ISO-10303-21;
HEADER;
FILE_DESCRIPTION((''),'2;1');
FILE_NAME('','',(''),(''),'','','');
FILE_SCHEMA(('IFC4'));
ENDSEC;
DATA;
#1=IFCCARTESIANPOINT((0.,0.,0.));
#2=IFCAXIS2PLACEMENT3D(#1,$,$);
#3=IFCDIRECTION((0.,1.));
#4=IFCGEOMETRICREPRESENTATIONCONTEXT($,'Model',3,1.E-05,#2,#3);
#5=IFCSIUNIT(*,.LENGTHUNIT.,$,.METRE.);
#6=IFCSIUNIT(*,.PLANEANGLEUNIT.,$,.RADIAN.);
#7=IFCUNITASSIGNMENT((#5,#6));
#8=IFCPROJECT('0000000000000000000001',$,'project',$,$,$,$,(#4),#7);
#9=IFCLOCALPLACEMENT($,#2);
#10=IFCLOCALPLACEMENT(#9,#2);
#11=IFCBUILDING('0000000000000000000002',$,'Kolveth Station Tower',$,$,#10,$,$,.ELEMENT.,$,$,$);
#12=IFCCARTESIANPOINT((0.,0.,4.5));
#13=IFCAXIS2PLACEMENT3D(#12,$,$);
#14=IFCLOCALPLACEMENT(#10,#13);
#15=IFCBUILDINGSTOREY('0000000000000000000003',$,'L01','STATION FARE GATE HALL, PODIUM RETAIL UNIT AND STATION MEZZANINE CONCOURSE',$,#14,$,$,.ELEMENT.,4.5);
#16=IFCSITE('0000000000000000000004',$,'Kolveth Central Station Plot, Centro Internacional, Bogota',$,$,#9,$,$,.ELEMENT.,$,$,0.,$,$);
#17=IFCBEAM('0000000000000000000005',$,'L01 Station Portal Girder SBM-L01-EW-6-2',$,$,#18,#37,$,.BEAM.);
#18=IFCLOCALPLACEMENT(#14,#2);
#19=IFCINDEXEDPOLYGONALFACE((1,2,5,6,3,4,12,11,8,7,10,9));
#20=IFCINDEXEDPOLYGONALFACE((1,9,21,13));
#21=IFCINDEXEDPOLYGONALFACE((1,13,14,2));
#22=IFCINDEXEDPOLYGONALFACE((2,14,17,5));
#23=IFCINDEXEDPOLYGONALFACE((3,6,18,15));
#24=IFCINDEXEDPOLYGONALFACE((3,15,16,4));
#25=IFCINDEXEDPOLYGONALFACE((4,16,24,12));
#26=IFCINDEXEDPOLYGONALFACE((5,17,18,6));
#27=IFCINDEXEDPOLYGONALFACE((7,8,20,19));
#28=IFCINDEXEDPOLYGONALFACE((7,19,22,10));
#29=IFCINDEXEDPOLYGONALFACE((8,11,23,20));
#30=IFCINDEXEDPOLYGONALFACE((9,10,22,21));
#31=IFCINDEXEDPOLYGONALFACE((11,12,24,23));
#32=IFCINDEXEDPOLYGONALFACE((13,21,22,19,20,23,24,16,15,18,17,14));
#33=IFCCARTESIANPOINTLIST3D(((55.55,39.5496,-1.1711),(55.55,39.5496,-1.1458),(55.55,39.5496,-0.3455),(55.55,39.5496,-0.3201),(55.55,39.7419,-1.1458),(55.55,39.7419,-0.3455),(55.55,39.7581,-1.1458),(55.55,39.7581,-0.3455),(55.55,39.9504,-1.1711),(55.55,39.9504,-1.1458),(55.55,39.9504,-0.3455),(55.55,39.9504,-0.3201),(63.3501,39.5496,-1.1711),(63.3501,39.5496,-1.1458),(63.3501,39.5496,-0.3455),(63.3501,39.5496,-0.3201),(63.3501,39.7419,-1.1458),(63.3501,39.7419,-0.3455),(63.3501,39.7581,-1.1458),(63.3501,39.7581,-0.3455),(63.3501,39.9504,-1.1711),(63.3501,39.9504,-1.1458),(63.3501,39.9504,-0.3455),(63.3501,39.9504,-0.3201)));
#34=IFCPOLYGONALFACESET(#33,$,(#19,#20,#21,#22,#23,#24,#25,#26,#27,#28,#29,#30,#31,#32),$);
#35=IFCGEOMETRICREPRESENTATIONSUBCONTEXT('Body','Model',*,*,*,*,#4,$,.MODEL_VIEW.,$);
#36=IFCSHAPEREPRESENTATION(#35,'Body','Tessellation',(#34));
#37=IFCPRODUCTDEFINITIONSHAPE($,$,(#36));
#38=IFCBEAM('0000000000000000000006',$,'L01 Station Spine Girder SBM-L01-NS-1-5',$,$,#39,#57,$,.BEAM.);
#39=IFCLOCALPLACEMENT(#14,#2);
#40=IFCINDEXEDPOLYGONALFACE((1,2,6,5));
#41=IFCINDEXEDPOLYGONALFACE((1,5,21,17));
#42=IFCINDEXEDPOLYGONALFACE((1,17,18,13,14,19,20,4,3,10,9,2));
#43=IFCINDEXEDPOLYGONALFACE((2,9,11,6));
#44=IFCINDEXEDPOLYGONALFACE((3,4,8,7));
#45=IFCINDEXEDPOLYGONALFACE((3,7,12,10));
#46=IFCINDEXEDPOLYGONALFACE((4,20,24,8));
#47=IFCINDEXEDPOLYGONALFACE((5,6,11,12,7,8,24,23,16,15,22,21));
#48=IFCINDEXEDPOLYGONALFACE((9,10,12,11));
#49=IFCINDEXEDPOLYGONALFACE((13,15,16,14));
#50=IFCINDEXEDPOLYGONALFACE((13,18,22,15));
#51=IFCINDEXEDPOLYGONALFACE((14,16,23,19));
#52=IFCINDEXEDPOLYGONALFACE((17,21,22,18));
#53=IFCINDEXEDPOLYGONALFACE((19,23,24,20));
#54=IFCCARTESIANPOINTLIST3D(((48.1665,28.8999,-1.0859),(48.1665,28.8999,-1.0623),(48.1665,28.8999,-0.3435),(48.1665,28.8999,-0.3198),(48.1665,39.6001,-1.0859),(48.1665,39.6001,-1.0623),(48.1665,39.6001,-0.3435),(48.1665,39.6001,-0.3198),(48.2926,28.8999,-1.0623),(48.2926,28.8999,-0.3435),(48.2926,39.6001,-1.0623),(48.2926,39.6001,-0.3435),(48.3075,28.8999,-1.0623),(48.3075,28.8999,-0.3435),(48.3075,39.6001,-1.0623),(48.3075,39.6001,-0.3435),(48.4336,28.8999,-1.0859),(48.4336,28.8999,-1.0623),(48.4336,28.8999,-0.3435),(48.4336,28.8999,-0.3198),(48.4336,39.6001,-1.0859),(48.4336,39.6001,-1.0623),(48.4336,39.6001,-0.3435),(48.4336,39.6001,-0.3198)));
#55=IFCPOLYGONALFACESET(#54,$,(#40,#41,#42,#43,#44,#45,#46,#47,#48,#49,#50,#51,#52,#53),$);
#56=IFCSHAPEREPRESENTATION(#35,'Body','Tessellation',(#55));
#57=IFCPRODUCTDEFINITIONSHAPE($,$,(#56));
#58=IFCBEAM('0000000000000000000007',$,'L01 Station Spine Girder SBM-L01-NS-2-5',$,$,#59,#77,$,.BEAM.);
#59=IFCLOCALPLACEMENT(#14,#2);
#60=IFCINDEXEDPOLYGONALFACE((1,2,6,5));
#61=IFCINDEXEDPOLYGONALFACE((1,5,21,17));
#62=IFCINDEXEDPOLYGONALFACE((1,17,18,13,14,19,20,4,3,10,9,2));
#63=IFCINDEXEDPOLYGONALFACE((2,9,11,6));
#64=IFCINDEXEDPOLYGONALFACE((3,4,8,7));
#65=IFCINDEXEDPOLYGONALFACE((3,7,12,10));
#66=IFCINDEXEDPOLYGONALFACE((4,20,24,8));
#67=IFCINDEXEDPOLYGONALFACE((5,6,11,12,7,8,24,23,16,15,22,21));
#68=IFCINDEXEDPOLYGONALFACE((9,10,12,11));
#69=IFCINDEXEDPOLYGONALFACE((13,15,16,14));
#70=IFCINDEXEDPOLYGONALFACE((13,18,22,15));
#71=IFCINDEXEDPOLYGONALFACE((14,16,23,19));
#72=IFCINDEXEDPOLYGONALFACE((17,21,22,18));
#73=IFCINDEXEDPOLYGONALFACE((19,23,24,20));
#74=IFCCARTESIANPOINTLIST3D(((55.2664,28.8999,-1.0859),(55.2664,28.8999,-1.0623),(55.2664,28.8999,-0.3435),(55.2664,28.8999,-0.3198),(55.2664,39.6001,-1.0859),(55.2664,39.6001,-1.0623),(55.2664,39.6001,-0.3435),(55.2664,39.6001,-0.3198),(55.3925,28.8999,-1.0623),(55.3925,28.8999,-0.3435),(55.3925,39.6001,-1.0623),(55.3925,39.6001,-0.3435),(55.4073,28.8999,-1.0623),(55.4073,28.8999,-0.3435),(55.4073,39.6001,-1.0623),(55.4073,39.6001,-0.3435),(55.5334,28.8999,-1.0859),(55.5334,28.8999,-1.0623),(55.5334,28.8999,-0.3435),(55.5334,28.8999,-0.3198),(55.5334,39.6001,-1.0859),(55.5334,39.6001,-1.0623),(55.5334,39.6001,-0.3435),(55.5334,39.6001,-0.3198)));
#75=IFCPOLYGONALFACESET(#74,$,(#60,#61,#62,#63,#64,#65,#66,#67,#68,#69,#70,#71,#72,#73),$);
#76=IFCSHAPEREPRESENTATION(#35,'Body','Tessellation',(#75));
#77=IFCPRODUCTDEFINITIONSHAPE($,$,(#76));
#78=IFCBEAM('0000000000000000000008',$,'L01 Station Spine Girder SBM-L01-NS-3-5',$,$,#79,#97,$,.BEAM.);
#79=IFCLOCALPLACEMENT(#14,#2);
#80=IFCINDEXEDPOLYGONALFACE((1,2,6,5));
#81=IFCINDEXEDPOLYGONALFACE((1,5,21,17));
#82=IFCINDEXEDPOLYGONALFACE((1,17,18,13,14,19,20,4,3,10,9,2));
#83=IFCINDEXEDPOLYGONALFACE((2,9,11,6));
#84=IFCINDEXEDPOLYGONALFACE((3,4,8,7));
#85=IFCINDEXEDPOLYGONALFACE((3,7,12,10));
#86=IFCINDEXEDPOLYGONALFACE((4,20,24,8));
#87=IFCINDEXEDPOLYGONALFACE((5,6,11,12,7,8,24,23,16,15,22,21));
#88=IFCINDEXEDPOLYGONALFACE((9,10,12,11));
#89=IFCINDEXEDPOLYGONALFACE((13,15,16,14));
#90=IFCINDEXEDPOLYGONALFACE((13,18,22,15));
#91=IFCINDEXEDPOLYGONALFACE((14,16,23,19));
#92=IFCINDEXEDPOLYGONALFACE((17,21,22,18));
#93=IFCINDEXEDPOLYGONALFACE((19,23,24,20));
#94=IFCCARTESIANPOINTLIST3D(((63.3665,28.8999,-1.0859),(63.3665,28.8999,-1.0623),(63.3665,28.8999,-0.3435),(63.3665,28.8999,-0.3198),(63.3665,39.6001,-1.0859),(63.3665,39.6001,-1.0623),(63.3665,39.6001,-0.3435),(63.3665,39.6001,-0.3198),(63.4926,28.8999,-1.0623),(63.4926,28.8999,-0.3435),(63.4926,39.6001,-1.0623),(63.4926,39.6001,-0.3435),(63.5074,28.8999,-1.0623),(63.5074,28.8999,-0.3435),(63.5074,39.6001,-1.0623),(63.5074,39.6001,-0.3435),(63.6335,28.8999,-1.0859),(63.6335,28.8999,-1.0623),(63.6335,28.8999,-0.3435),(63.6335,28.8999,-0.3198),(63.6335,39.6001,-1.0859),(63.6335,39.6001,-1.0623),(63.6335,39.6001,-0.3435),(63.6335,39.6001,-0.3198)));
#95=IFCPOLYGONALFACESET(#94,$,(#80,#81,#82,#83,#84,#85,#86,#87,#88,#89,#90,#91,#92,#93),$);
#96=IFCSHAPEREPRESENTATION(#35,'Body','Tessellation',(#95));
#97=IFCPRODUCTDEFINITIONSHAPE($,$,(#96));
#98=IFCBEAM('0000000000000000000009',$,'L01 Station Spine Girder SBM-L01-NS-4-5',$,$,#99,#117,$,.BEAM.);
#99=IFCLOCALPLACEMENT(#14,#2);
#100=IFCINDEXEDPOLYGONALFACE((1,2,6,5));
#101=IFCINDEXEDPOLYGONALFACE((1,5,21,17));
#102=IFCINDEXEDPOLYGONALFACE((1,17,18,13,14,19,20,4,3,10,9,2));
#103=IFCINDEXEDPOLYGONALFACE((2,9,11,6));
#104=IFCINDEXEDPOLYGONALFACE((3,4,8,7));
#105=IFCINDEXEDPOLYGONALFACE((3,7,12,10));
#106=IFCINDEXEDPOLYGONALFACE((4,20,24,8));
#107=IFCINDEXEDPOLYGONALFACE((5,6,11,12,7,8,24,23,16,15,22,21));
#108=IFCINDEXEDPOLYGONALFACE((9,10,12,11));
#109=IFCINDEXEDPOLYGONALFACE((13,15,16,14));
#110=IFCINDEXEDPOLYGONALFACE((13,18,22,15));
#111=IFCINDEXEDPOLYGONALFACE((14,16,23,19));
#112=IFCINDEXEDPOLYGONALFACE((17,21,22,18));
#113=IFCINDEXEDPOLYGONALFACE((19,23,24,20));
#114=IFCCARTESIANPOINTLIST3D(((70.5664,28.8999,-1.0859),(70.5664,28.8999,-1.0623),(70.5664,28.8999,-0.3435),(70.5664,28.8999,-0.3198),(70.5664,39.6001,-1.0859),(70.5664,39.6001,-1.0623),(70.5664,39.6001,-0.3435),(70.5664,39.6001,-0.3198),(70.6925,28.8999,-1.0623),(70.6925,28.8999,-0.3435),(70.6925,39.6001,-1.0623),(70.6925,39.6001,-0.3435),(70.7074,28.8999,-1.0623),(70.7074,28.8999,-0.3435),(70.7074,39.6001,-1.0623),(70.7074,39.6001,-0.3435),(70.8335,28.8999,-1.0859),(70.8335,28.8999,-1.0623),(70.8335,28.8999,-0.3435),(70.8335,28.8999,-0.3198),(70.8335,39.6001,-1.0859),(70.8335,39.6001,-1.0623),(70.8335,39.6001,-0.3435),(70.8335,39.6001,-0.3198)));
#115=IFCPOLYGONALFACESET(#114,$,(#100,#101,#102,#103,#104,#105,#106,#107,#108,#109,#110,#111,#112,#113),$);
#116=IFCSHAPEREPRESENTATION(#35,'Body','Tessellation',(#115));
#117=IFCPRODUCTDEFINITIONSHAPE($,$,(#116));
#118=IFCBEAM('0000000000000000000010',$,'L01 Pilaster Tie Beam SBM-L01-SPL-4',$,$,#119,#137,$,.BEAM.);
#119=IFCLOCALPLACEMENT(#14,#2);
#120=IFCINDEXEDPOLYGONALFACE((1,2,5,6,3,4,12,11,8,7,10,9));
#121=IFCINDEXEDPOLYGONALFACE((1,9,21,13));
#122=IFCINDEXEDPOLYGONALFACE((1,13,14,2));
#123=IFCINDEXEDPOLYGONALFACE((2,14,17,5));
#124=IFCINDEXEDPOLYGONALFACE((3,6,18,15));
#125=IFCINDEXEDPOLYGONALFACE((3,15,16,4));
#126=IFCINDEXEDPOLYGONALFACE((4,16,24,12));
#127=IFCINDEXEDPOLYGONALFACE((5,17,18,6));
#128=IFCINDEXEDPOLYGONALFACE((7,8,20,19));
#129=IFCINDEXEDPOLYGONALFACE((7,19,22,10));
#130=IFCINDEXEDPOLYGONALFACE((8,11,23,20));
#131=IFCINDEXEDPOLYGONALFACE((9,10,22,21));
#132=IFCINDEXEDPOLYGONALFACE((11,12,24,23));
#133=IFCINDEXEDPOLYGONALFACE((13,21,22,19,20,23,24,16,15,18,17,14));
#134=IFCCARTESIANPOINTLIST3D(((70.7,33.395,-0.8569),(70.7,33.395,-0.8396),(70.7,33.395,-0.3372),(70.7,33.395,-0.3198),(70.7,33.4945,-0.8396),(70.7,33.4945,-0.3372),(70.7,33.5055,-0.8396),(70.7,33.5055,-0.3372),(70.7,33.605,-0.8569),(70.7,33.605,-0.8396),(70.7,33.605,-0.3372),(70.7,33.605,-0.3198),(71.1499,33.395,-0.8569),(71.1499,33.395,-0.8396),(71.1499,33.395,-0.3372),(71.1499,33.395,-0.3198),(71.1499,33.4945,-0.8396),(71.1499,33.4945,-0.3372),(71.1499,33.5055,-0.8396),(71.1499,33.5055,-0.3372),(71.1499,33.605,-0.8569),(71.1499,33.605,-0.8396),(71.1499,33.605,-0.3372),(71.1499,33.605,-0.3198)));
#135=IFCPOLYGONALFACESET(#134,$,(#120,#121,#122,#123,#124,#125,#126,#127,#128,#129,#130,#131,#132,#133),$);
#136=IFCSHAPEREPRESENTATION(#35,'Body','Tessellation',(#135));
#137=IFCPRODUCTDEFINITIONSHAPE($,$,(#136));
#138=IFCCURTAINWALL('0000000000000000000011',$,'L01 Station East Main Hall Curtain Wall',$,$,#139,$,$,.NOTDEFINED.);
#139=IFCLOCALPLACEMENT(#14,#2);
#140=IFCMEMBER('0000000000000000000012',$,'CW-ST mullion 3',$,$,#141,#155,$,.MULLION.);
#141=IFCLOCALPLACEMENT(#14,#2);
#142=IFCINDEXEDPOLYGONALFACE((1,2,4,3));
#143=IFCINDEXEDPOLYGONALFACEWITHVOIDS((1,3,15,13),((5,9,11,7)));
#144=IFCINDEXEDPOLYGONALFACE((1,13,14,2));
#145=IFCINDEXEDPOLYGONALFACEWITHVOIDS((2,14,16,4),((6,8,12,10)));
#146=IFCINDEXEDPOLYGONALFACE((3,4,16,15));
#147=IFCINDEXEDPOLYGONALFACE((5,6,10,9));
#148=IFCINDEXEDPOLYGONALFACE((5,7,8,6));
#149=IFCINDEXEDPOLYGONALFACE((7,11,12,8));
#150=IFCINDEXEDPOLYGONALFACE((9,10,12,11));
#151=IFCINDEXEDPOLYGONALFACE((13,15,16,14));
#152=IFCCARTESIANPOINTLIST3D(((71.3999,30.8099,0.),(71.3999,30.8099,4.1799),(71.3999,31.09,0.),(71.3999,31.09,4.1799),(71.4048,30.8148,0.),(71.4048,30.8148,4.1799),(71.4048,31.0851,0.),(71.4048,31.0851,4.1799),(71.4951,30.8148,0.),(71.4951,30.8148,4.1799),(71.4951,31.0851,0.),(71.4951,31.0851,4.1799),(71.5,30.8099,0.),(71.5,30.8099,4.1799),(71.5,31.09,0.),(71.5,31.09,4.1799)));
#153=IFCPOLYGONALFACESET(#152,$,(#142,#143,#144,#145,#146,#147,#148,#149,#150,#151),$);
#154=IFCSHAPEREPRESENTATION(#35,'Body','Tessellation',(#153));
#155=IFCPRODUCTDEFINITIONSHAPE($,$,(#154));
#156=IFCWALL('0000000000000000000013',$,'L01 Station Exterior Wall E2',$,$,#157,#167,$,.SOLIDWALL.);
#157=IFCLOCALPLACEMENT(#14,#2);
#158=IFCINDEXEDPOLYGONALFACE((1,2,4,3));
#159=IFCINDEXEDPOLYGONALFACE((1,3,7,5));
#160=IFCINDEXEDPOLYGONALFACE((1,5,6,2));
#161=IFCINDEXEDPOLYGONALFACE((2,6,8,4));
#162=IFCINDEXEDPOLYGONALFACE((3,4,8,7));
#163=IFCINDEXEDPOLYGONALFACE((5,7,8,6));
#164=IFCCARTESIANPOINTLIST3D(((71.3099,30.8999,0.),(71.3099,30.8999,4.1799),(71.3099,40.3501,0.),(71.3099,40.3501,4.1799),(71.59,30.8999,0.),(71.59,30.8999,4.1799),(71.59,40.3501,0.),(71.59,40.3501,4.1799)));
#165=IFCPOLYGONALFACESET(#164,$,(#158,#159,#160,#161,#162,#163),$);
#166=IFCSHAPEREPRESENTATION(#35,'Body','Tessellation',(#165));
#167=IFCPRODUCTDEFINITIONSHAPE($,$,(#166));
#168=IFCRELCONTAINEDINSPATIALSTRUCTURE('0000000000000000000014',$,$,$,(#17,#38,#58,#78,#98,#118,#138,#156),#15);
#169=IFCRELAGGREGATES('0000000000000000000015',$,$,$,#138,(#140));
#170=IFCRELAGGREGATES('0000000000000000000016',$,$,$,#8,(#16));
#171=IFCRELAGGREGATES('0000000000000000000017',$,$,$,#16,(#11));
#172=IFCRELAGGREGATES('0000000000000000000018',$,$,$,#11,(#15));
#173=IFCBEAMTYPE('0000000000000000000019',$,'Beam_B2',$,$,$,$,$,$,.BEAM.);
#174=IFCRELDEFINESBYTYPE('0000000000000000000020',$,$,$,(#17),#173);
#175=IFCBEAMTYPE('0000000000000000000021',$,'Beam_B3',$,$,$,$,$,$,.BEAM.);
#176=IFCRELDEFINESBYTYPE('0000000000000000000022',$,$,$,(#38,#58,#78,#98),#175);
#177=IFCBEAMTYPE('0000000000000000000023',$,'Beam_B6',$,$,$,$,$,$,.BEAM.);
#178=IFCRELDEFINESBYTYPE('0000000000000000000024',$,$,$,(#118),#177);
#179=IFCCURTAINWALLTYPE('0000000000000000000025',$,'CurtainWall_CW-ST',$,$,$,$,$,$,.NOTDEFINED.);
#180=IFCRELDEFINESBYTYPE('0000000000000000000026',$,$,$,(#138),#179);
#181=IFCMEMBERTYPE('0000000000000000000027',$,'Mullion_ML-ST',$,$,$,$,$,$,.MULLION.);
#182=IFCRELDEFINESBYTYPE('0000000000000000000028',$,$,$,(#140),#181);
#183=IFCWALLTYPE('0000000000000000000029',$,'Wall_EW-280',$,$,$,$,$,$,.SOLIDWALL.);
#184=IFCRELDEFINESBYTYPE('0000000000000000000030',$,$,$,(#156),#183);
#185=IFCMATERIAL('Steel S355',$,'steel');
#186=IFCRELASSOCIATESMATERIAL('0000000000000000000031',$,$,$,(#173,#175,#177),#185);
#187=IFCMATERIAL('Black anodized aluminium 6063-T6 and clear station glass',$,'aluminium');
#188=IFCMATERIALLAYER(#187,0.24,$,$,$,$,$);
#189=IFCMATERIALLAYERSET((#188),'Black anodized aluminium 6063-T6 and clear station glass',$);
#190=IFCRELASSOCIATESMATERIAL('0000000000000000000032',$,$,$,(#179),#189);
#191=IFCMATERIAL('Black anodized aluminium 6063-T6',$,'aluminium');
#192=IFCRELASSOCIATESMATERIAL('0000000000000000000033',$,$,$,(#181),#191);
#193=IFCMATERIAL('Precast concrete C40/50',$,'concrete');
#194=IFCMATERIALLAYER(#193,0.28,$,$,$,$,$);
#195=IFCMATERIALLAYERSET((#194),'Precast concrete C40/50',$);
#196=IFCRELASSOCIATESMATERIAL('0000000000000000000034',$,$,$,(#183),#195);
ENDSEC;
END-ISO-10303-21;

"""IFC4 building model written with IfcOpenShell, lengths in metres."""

from ifc_helpers import new_model, si_unit, direction, frame, frame_2d, origin, origin_2d, place, context, subcontext, project, spatial, rectangle, hollow_rectangle, i_section, extrude, source, transform, mapped, material, layer, layer_set, material_profile, profile_set, type_object, element, aggregate, save


model = new_model("IFC4")

# Units and contexts
model_context = context("Model", 3, precision=1e-05, world=origin(), true_north=direction((0.0, 1.0)))
body_context = subcontext(model_context, "Body", "Model", "MODEL_VIEW")
ifc_project = project(units=[si_unit("LENGTHUNIT", "METRE"), si_unit("PLANEANGLEUNIT", "RADIAN")], contexts=[model_context])

# Site, building, storey
site_placement = place(None, origin())
site = spatial("IfcSite", under=ifc_project, at=site_placement, Name="Kolveth Central Station Plot, Centro Internacional, Bogota", CompositionType="ELEMENT", RefElevation=0.0)
building_placement = place(site_placement, origin())
building = spatial("IfcBuilding", under=site, at=building_placement, Name="Kolveth Station Tower", CompositionType="ELEMENT")
storey_placement = place(building_placement, frame((0.0, 0.0, 4.5)))
storey = spatial("IfcBuildingStorey", under=building, at=storey_placement, Name="L01", Description="STATION FARE GATE HALL, PODIUM RETAIL UNIT AND STATION MEZZANINE CONCOURSE", CompositionType="ELEMENT", Elevation=4.5)

# Shared definitions
ifc_material_1 = material(Name="Steel S355", Category="steel")

# Beams
ifc_material_profile_1 = material_profile(ifc_material_1, i_section(OverallWidth=0.4009, OverallDepth=0.8511, WebThickness=0.0161, FlangeThickness=0.0254, at=origin_2d()), Name="W840x226")
ifc_profile_set_1 = profile_set([ifc_material_profile_1], Name="Steel S355")
beam_type_1 = type_object("IfcBeamType", Name="Beam_B2", PredefinedType="BEAM", material=ifc_profile_set_1)
shared_shape_1 = source(origin(), body_context, "Body", "SweptSolid", [
    extrude(i_section(OverallWidth=0.4009, OverallDepth=0.8511, WebThickness=0.0161, FlangeThickness=0.0254, at=origin_2d()), origin(), (0.0, 0.0, 1.0), 7.8),
])
beam_1_placement = place(storey_placement, frame((55.55, 39.75, -0.7456), z_axis=(1.0, 0.0, 0.0), x_axis=(0.0, 1.0, 0.0)))
element("IfcBeam", 1, at=beam_1_placement, inside=storey, type_object=beam_type_1, Name="L01 Station Portal Girder SBM-L01-EW-6-2", PredefinedType="BEAM", context=body_context, shape_type="MappedRepresentation", body=[
    mapped(shared_shape_1, transform((0.0, 0.0, 0.0), x_axis=(1.0, 0.0, 0.0), y_axis=(0.0, 1.0, 0.0), z_axis=(0.0, 0.0, 1.0), scale=1.0)),
])
ifc_material_profile_2 = material_profile(ifc_material_1, i_section(OverallWidth=0.2671, OverallDepth=0.7661, WebThickness=0.0149, FlangeThickness=0.0237, at=origin_2d()), Name="W760x185")
ifc_profile_set_2 = profile_set([ifc_material_profile_2], Name="Steel S355")
beam_type_2 = type_object("IfcBeamType", Name="Beam_B3", PredefinedType="BEAM", material=ifc_profile_set_2)
shared_shape_2 = source(origin(), body_context, "Body", "SweptSolid", [
    extrude(i_section(OverallWidth=0.2671, OverallDepth=0.7661, WebThickness=0.0149, FlangeThickness=0.0237, at=origin_2d()), origin(), (0.0, 0.0, 1.0), 10.7002),
])
for number, where, z_axis, x_axis, name in (
    (2, (48.3, 28.8999, -0.7029), (0.0, 1.0, 0.0), (-1.0, 0.0, 0.0), "L01 Station Spine Girder SBM-L01-NS-1-5"),
    (3, (55.3999, 28.8999, -0.7029), (0.0, 1.0, 0.0), (-1.0, 0.0, 0.0), "L01 Station Spine Girder SBM-L01-NS-2-5"),
    (4, (63.5, 28.8999, -0.7029), (0.0, 1.0, 0.0), (-1.0, 0.0, 0.0), "L01 Station Spine Girder SBM-L01-NS-3-5"),
    (5, (70.7, 28.8999, -0.7029), (0.0, 1.0, 0.0), (-1.0, 0.0, 0.0), "L01 Station Spine Girder SBM-L01-NS-4-5"),
):
    element("IfcBeam", number, at=place(storey_placement, frame(where, z_axis=z_axis, x_axis=x_axis)), inside=storey, type_object=beam_type_2, Name=name, PredefinedType="BEAM", context=body_context, shape_type="MappedRepresentation", body=[
        mapped(shared_shape_2, transform((0.0, 0.0, 0.0), x_axis=(1.0, 0.0, 0.0), y_axis=(0.0, 1.0, 0.0), z_axis=(0.0, 0.0, 1.0), scale=1.0)),
    ])
ifc_material_profile_3 = material_profile(ifc_material_1, i_section(OverallWidth=0.21, OverallDepth=0.5371, WebThickness=0.011, FlangeThickness=0.0173, at=origin_2d()), Name="W530x101")
ifc_profile_set_3 = profile_set([ifc_material_profile_3], Name="Steel S355")
beam_type_3 = type_object("IfcBeamType", Name="Beam_B6", PredefinedType="BEAM", material=ifc_profile_set_3)
shared_shape_3 = source(origin(), body_context, "Body", "SweptSolid", [
    extrude(i_section(OverallWidth=0.21, OverallDepth=0.5371, WebThickness=0.011, FlangeThickness=0.0173, at=origin_2d()), origin(), (0.0, 0.0, 1.0), 0.45),
])
beam_2_placement = place(storey_placement, frame((70.7, 33.5, -0.5884), z_axis=(1.0, 0.0, 0.0), x_axis=(0.0, 1.0, 0.0)))
element("IfcBeam", 6, at=beam_2_placement, inside=storey, type_object=beam_type_3, Name="L01 Pilaster Tie Beam SBM-L01-SPL-4", PredefinedType="BEAM", context=body_context, shape_type="MappedRepresentation", body=[
    mapped(shared_shape_3, transform((0.0, 0.0, 0.0), x_axis=(1.0, 0.0, 0.0), y_axis=(0.0, 1.0, 0.0), z_axis=(0.0, 0.0, 1.0), scale=1.0)),
])

# Curtain wall, member
ifc_material_2 = material(Name="Black anodized aluminium 6063-T6 and clear station glass", Category="aluminium")
ifc_layer_1 = layer(ifc_material_2, 0.24)
ifc_layer_set_1 = layer_set([ifc_layer_1], Name="Black anodized aluminium 6063-T6 and clear station glass")
curtain_wall_type = type_object("IfcCurtainWallType", Name="CurtainWall_CW-ST", PredefinedType="NOTDEFINED", material=ifc_layer_set_1)
curtain_wall_placement = place(storey_placement, origin())
curtain_wall = element("IfcCurtainWall", 7, at=curtain_wall_placement, inside=storey, type_object=curtain_wall_type, Name="L01 Station East Main Hall Curtain Wall", PredefinedType="NOTDEFINED")
ifc_material_3 = material(Name="Black anodized aluminium 6063-T6", Category="aluminium")
ifc_material_profile_4 = material_profile(ifc_material_3, hollow_rectangle(XDim=0.1001, YDim=0.28, WallThickness=0.0049, at=origin_2d()), Name="ALU-100x280x5")
ifc_profile_set_4 = profile_set([ifc_material_profile_4], Name="Black anodized aluminium 6063-T6")
member_type = type_object("IfcMemberType", Name="Mullion_ML-ST", PredefinedType="MULLION", material=ifc_profile_set_4)
shared_shape_4 = source(origin(), body_context, "Body", "SweptSolid", [
    extrude(hollow_rectangle(XDim=0.1001, YDim=0.28, WallThickness=0.0049, at=origin_2d()), origin(), (0.0, 0.0, 1.0), 4.1799),
])
member_placement = place(storey_placement, frame((71.45, 30.95, 0.0), z_axis=(0.0, 0.0, 1.0), x_axis=(-1.0, 0.0, 0.0)))
member = element("IfcMember", 8, at=member_placement, type_object=member_type, Name="CW-ST mullion 3", PredefinedType="MULLION", context=body_context, shape_type="MappedRepresentation", body=[
    mapped(shared_shape_4, transform((0.0, 0.0, 0.0), x_axis=(1.0, 0.0, 0.0), y_axis=(0.0, 1.0, 0.0), z_axis=(0.0, 0.0, 1.0), scale=1.0)),
])
aggregate(curtain_wall, [member])

# Wall
ifc_material_4 = material(Name="Precast concrete C40/50", Category="concrete")
ifc_layer_2 = layer(ifc_material_4, 0.28)
ifc_layer_set_2 = layer_set([ifc_layer_2], Name="Precast concrete C40/50")
wall_type_1 = type_object("IfcWallType", Name="Wall_EW-280", PredefinedType="SOLIDWALL", material=ifc_layer_set_2)
wall_1_placement = place(storey_placement, frame((71.45, 30.8999, 0.0), z_axis=(0.0, 0.0, 1.0), x_axis=(0.0, 1.0, 0.0)))
element("IfcWall", 9, at=wall_1_placement, inside=storey, type_object=wall_type_1, Name="L01 Station Exterior Wall E2", PredefinedType="SOLIDWALL", context=body_context, shape_type="SweptSolid", body=[
    extrude(rectangle(XDim=9.4502, YDim=0.28, at=frame_2d((4.7251, 0.0))), origin(), (0.0, 0.0, 1.0), 4.1799),
])

save(model, "model.ifc")
